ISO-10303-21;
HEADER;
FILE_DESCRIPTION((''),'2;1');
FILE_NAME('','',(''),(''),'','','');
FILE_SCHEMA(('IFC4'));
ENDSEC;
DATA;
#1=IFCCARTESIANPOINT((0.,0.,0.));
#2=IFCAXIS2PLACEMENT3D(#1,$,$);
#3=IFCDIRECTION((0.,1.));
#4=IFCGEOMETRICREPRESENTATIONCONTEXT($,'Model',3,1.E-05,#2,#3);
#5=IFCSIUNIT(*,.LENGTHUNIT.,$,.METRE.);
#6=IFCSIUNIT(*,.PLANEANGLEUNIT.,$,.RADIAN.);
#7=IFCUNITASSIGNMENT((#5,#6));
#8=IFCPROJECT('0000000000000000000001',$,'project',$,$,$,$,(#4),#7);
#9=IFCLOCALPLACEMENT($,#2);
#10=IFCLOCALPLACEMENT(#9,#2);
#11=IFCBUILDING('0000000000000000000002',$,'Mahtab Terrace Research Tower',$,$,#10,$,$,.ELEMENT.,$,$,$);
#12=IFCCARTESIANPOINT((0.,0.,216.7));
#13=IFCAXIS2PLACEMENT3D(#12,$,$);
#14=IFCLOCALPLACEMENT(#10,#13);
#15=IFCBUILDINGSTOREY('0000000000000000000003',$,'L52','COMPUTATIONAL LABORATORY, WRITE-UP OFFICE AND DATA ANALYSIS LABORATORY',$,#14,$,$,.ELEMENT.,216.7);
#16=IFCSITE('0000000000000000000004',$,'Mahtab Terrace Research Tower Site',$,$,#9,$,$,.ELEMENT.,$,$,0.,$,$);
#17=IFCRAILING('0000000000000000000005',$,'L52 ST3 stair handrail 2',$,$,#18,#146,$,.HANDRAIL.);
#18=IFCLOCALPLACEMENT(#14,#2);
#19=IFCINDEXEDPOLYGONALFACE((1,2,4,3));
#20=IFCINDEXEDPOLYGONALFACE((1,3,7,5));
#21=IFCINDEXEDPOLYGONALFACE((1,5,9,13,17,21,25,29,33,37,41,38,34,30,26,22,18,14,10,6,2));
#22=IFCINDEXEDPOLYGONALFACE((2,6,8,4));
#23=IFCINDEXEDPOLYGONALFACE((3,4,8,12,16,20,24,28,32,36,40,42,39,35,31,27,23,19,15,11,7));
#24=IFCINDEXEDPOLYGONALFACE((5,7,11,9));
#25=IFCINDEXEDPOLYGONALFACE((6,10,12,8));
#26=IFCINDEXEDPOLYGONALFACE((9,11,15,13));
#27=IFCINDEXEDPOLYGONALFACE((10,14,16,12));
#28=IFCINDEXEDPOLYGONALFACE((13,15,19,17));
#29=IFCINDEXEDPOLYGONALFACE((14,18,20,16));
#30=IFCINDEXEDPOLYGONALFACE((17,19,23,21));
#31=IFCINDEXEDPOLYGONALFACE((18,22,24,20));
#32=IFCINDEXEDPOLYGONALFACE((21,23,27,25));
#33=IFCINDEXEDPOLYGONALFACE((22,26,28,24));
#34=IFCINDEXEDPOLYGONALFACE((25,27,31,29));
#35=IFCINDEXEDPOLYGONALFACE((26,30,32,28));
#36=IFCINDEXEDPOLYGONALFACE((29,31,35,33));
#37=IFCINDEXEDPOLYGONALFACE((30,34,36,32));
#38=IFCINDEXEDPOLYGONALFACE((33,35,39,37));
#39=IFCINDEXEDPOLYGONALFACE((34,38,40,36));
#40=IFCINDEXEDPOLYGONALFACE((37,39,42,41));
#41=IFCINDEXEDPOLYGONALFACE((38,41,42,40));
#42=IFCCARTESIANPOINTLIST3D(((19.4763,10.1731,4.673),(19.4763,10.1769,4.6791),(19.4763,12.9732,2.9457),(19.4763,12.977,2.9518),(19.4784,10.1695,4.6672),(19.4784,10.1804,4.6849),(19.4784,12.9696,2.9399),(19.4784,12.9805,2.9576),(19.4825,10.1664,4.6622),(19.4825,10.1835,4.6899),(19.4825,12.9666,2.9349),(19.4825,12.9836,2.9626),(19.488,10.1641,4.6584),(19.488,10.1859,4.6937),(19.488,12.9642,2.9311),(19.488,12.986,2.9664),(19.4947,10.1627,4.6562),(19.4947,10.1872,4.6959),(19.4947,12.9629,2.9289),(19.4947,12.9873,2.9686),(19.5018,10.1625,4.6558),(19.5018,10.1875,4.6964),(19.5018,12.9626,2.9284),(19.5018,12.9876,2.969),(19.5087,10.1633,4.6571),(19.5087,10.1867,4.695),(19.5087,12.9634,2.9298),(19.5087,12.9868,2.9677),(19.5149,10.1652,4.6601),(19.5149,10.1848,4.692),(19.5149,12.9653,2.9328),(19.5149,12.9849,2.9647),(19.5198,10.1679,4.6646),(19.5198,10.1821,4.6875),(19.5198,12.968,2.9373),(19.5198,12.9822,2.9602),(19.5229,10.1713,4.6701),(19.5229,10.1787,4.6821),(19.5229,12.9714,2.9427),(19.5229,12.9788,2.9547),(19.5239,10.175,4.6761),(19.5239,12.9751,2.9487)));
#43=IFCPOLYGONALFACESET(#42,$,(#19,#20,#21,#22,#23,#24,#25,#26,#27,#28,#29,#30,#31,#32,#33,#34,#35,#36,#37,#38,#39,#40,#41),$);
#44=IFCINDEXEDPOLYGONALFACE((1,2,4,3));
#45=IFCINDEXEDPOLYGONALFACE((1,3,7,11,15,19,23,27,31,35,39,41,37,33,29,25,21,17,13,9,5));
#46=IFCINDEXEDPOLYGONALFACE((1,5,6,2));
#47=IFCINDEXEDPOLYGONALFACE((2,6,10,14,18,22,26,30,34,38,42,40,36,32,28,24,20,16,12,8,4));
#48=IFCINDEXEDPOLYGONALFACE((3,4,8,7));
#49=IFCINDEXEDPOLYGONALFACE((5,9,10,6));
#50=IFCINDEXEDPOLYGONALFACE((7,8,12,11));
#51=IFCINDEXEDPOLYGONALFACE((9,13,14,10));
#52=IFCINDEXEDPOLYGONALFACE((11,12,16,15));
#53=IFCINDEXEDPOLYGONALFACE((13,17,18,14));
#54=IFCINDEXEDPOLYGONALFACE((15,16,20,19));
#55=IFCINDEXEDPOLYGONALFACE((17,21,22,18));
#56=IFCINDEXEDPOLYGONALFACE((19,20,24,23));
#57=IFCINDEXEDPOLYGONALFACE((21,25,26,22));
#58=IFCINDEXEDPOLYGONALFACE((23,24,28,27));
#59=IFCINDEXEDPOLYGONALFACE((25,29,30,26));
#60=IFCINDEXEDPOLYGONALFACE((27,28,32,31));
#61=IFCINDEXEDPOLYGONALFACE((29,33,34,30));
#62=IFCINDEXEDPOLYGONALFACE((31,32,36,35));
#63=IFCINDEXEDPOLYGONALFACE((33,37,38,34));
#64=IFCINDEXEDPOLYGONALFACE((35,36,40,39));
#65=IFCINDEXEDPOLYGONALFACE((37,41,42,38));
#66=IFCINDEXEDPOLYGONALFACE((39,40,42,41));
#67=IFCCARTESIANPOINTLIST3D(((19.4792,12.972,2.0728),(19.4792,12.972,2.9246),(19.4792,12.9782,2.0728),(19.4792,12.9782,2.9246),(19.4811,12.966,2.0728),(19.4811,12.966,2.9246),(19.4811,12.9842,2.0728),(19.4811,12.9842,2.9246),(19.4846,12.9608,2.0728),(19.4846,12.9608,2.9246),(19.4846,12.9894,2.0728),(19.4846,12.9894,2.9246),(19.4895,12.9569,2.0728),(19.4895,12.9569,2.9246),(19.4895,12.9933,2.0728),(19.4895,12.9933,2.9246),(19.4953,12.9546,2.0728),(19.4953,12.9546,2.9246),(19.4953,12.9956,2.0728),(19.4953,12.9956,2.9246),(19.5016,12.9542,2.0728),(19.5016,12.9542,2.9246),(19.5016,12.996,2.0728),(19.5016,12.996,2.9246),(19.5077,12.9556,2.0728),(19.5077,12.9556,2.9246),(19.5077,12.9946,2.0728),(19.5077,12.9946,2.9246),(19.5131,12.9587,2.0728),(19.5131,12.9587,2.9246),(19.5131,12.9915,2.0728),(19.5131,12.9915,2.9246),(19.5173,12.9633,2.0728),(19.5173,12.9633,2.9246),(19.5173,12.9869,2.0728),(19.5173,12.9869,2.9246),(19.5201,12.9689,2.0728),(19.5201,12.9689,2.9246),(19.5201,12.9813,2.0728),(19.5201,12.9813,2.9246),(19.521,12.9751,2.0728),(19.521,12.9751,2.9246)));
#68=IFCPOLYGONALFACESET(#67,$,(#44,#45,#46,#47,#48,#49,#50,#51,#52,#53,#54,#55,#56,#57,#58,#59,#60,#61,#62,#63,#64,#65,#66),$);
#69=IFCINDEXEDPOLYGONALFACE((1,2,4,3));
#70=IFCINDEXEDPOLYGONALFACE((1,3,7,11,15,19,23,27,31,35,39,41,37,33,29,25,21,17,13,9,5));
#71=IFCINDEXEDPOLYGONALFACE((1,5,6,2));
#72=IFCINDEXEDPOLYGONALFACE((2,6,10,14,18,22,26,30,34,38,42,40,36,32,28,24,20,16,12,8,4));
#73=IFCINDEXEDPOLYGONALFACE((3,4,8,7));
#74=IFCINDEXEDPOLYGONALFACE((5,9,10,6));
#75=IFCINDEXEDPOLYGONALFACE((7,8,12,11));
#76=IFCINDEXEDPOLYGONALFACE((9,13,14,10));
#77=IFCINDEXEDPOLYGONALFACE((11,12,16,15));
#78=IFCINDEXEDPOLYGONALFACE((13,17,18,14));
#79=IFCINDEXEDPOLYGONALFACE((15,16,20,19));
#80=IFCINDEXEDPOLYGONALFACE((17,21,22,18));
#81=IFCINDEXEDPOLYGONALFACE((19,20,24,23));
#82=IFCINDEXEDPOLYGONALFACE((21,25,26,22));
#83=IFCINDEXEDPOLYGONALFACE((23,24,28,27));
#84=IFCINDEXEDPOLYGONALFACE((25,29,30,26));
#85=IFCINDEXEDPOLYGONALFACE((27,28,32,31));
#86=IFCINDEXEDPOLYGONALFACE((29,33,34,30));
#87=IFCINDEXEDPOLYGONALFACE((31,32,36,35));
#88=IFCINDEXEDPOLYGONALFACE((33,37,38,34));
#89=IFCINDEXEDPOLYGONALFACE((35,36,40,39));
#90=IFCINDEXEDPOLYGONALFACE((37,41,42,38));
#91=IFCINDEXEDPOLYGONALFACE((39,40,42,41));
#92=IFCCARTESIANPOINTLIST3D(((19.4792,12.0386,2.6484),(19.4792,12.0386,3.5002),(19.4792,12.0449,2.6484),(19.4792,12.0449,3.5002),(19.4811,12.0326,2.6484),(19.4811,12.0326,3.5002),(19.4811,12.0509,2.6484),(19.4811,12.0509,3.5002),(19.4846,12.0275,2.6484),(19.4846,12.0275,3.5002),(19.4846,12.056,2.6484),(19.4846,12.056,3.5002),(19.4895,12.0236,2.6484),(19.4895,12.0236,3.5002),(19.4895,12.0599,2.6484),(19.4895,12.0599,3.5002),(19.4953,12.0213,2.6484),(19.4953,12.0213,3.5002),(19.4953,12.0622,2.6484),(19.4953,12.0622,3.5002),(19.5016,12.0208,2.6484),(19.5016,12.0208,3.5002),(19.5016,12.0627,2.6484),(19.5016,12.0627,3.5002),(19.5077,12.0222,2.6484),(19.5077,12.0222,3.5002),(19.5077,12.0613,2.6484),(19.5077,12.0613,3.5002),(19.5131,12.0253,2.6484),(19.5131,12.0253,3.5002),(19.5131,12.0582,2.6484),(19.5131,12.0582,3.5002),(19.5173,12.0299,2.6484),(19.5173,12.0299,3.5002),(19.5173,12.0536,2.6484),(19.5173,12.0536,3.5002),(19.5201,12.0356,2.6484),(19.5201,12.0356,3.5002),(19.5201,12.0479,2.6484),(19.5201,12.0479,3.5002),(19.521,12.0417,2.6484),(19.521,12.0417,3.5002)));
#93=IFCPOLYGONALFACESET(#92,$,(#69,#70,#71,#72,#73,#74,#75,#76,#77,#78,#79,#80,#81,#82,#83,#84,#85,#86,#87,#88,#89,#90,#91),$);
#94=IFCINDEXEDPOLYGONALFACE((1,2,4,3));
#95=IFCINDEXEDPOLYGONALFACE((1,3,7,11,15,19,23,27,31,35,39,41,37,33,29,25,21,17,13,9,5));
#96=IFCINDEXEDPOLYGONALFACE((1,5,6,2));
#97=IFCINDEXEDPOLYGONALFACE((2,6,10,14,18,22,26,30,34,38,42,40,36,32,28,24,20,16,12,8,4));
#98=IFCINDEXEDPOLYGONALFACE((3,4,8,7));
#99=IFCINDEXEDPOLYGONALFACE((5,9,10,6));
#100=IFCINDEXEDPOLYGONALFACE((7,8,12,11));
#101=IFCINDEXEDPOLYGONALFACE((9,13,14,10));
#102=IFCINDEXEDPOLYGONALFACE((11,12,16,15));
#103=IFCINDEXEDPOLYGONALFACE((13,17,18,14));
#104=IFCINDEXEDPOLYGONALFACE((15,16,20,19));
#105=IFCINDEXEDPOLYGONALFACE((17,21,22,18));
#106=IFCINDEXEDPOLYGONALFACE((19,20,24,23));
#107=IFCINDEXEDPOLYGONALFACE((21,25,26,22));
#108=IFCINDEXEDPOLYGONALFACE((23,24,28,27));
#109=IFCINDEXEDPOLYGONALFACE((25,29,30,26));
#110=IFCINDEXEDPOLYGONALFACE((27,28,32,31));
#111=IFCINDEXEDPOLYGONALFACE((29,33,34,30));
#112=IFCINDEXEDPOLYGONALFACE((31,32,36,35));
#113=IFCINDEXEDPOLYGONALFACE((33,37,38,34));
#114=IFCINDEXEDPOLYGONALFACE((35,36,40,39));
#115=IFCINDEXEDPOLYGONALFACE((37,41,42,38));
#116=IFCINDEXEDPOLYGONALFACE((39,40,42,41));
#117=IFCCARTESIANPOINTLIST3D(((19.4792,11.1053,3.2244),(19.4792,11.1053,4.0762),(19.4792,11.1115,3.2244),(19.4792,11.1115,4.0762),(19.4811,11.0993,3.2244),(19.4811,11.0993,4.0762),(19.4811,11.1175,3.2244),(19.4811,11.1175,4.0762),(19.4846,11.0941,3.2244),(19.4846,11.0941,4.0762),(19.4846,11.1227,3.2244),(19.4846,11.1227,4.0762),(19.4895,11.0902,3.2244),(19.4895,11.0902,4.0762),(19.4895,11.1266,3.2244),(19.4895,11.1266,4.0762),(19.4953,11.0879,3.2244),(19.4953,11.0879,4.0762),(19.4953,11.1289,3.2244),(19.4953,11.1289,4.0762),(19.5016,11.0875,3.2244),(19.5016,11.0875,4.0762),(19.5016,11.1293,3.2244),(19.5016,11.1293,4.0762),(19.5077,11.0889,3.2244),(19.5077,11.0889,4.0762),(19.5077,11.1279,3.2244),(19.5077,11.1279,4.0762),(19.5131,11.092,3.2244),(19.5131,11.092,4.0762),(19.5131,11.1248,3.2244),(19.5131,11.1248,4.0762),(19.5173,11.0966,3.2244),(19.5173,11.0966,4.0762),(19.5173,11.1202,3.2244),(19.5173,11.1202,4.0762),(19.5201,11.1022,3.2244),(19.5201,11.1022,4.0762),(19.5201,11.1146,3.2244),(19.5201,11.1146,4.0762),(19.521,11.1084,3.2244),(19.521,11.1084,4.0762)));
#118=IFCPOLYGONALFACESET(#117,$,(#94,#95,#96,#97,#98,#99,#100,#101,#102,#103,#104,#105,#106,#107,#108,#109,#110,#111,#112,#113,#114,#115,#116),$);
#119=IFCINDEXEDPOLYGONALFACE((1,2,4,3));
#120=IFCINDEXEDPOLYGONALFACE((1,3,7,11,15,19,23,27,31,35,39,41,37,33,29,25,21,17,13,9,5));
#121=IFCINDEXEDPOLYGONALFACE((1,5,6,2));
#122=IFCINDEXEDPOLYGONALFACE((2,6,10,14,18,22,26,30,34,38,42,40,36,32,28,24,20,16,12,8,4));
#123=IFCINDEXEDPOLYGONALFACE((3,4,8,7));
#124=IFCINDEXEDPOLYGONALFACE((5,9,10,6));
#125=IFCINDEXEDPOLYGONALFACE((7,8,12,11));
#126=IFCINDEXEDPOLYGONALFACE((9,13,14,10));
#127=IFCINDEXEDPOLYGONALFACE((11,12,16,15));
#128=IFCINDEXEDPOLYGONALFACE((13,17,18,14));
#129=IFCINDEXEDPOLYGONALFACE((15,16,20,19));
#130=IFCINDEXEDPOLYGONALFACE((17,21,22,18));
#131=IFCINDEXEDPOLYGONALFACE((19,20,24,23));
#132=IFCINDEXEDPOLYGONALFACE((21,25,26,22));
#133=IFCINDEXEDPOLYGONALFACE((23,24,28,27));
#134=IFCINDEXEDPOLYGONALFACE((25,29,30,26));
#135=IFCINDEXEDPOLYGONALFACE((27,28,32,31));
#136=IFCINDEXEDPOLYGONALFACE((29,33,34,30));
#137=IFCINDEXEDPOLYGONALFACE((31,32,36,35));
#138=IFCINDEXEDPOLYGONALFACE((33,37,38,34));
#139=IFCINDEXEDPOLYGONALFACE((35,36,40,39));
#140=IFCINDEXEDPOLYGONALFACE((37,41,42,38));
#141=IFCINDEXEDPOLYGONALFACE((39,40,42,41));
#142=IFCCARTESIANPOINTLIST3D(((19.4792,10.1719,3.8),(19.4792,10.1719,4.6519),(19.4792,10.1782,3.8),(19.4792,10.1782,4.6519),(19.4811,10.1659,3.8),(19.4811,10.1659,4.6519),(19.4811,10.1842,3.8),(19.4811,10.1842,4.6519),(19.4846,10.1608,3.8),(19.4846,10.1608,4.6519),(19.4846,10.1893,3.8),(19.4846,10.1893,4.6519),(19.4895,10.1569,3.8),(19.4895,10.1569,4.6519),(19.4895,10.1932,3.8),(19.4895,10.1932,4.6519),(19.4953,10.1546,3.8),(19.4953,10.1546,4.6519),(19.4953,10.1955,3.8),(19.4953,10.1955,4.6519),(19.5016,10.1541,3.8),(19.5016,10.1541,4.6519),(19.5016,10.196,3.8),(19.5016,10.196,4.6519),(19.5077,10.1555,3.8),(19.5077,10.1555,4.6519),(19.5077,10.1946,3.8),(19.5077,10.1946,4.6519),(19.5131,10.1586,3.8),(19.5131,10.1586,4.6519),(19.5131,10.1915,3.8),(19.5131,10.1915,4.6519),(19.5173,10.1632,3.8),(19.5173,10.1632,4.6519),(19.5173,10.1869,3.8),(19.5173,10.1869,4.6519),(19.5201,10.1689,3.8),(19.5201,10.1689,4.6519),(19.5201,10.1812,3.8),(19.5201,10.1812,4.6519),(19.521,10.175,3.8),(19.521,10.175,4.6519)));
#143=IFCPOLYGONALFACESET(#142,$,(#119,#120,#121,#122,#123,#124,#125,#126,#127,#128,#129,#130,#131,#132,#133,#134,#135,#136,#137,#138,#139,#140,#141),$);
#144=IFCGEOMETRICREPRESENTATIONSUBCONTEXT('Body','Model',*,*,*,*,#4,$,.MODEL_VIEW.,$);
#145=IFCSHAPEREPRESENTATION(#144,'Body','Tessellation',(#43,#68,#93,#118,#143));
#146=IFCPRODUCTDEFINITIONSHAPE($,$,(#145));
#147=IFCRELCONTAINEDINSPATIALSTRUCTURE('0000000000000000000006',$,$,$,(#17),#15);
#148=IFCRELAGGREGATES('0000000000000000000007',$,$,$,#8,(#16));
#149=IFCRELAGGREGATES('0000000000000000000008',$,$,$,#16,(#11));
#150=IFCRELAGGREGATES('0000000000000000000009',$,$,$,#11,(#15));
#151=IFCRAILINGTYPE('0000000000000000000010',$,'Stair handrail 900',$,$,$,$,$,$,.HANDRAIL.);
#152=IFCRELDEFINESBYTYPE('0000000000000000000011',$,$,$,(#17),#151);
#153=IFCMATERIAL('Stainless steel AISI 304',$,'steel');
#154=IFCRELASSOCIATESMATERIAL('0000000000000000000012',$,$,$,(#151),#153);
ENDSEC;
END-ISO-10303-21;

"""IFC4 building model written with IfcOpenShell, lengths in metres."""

from ifc_helpers import new_model, si_unit, direction, frame, origin, origin_2d, place, context, subcontext, project, spatial, circle, extrude, material, type_object, element, save


model = new_model("IFC4")

# Units and contexts
model_context = context("Model", 3, precision=1e-05, world=origin(), true_north=direction((0.0, 1.0)))
body_context = subcontext(model_context, "Body", "Model", "MODEL_VIEW")
ifc_project = project(units=[si_unit("LENGTHUNIT", "METRE"), si_unit("PLANEANGLEUNIT", "RADIAN")], contexts=[model_context])

# Site, building, storey
site_placement = place(None, origin())
site = spatial("IfcSite", under=ifc_project, at=site_placement, Name="Mahtab Terrace Research Tower Site", CompositionType="ELEMENT", RefElevation=0.0)
building_placement = place(site_placement, origin())
building = spatial("IfcBuilding", under=site, at=building_placement, Name="Mahtab Terrace Research Tower", CompositionType="ELEMENT")
storey_placement = place(building_placement, frame((0.0, 0.0, 216.7)))
storey = spatial("IfcBuildingStorey", under=building, at=storey_placement, Name="L52", Description="COMPUTATIONAL LABORATORY, WRITE-UP OFFICE AND DATA ANALYSIS LABORATORY", CompositionType="ELEMENT", Elevation=216.7)

# Railing
ifc_material_1 = material(Name="Stainless steel AISI 304", Category="steel")
railing_type_1 = type_object("IfcRailingType", Name="Stair handrail 900", PredefinedType="HANDRAIL", material=ifc_material_1)
railing_1_placement = place(storey_placement, frame((19.5, 12.9751, 2.0728)))
element("IfcRailing", 1, at=railing_1_placement, inside=storey, type_object=railing_type_1, Name="L52 ST3 stair handrail 2", PredefinedType="HANDRAIL", context=body_context, shape_type="SweptSolid", body=[
    extrude(circle(Radius=0.0239, at=origin_2d()), frame((0.0, 0.0, 0.876), z_axis=(0.0, -0.85109, 0.52502), x_axis=(1.0, 0.0, 0.0)), (0.0, 0.0, 1.0), 3.29),
    extrude(circle(Radius=0.021, at=origin_2d()), origin(), (0.0, 0.0, 1.0), 0.8518),
    extrude(circle(Radius=0.021, at=origin_2d()), frame((0.0, -0.9333, 0.5757)), (0.0, 0.0, 1.0), 0.8518),
    extrude(circle(Radius=0.021, at=origin_2d()), frame((0.0, -1.8667, 1.1516)), (0.0, 0.0, 1.0), 0.8518),
    extrude(circle(Radius=0.021, at=origin_2d()), frame((0.0, -2.8, 1.7273)), (0.0, 0.0, 1.0), 0.8518),
])

save(model, "model.ifc")
